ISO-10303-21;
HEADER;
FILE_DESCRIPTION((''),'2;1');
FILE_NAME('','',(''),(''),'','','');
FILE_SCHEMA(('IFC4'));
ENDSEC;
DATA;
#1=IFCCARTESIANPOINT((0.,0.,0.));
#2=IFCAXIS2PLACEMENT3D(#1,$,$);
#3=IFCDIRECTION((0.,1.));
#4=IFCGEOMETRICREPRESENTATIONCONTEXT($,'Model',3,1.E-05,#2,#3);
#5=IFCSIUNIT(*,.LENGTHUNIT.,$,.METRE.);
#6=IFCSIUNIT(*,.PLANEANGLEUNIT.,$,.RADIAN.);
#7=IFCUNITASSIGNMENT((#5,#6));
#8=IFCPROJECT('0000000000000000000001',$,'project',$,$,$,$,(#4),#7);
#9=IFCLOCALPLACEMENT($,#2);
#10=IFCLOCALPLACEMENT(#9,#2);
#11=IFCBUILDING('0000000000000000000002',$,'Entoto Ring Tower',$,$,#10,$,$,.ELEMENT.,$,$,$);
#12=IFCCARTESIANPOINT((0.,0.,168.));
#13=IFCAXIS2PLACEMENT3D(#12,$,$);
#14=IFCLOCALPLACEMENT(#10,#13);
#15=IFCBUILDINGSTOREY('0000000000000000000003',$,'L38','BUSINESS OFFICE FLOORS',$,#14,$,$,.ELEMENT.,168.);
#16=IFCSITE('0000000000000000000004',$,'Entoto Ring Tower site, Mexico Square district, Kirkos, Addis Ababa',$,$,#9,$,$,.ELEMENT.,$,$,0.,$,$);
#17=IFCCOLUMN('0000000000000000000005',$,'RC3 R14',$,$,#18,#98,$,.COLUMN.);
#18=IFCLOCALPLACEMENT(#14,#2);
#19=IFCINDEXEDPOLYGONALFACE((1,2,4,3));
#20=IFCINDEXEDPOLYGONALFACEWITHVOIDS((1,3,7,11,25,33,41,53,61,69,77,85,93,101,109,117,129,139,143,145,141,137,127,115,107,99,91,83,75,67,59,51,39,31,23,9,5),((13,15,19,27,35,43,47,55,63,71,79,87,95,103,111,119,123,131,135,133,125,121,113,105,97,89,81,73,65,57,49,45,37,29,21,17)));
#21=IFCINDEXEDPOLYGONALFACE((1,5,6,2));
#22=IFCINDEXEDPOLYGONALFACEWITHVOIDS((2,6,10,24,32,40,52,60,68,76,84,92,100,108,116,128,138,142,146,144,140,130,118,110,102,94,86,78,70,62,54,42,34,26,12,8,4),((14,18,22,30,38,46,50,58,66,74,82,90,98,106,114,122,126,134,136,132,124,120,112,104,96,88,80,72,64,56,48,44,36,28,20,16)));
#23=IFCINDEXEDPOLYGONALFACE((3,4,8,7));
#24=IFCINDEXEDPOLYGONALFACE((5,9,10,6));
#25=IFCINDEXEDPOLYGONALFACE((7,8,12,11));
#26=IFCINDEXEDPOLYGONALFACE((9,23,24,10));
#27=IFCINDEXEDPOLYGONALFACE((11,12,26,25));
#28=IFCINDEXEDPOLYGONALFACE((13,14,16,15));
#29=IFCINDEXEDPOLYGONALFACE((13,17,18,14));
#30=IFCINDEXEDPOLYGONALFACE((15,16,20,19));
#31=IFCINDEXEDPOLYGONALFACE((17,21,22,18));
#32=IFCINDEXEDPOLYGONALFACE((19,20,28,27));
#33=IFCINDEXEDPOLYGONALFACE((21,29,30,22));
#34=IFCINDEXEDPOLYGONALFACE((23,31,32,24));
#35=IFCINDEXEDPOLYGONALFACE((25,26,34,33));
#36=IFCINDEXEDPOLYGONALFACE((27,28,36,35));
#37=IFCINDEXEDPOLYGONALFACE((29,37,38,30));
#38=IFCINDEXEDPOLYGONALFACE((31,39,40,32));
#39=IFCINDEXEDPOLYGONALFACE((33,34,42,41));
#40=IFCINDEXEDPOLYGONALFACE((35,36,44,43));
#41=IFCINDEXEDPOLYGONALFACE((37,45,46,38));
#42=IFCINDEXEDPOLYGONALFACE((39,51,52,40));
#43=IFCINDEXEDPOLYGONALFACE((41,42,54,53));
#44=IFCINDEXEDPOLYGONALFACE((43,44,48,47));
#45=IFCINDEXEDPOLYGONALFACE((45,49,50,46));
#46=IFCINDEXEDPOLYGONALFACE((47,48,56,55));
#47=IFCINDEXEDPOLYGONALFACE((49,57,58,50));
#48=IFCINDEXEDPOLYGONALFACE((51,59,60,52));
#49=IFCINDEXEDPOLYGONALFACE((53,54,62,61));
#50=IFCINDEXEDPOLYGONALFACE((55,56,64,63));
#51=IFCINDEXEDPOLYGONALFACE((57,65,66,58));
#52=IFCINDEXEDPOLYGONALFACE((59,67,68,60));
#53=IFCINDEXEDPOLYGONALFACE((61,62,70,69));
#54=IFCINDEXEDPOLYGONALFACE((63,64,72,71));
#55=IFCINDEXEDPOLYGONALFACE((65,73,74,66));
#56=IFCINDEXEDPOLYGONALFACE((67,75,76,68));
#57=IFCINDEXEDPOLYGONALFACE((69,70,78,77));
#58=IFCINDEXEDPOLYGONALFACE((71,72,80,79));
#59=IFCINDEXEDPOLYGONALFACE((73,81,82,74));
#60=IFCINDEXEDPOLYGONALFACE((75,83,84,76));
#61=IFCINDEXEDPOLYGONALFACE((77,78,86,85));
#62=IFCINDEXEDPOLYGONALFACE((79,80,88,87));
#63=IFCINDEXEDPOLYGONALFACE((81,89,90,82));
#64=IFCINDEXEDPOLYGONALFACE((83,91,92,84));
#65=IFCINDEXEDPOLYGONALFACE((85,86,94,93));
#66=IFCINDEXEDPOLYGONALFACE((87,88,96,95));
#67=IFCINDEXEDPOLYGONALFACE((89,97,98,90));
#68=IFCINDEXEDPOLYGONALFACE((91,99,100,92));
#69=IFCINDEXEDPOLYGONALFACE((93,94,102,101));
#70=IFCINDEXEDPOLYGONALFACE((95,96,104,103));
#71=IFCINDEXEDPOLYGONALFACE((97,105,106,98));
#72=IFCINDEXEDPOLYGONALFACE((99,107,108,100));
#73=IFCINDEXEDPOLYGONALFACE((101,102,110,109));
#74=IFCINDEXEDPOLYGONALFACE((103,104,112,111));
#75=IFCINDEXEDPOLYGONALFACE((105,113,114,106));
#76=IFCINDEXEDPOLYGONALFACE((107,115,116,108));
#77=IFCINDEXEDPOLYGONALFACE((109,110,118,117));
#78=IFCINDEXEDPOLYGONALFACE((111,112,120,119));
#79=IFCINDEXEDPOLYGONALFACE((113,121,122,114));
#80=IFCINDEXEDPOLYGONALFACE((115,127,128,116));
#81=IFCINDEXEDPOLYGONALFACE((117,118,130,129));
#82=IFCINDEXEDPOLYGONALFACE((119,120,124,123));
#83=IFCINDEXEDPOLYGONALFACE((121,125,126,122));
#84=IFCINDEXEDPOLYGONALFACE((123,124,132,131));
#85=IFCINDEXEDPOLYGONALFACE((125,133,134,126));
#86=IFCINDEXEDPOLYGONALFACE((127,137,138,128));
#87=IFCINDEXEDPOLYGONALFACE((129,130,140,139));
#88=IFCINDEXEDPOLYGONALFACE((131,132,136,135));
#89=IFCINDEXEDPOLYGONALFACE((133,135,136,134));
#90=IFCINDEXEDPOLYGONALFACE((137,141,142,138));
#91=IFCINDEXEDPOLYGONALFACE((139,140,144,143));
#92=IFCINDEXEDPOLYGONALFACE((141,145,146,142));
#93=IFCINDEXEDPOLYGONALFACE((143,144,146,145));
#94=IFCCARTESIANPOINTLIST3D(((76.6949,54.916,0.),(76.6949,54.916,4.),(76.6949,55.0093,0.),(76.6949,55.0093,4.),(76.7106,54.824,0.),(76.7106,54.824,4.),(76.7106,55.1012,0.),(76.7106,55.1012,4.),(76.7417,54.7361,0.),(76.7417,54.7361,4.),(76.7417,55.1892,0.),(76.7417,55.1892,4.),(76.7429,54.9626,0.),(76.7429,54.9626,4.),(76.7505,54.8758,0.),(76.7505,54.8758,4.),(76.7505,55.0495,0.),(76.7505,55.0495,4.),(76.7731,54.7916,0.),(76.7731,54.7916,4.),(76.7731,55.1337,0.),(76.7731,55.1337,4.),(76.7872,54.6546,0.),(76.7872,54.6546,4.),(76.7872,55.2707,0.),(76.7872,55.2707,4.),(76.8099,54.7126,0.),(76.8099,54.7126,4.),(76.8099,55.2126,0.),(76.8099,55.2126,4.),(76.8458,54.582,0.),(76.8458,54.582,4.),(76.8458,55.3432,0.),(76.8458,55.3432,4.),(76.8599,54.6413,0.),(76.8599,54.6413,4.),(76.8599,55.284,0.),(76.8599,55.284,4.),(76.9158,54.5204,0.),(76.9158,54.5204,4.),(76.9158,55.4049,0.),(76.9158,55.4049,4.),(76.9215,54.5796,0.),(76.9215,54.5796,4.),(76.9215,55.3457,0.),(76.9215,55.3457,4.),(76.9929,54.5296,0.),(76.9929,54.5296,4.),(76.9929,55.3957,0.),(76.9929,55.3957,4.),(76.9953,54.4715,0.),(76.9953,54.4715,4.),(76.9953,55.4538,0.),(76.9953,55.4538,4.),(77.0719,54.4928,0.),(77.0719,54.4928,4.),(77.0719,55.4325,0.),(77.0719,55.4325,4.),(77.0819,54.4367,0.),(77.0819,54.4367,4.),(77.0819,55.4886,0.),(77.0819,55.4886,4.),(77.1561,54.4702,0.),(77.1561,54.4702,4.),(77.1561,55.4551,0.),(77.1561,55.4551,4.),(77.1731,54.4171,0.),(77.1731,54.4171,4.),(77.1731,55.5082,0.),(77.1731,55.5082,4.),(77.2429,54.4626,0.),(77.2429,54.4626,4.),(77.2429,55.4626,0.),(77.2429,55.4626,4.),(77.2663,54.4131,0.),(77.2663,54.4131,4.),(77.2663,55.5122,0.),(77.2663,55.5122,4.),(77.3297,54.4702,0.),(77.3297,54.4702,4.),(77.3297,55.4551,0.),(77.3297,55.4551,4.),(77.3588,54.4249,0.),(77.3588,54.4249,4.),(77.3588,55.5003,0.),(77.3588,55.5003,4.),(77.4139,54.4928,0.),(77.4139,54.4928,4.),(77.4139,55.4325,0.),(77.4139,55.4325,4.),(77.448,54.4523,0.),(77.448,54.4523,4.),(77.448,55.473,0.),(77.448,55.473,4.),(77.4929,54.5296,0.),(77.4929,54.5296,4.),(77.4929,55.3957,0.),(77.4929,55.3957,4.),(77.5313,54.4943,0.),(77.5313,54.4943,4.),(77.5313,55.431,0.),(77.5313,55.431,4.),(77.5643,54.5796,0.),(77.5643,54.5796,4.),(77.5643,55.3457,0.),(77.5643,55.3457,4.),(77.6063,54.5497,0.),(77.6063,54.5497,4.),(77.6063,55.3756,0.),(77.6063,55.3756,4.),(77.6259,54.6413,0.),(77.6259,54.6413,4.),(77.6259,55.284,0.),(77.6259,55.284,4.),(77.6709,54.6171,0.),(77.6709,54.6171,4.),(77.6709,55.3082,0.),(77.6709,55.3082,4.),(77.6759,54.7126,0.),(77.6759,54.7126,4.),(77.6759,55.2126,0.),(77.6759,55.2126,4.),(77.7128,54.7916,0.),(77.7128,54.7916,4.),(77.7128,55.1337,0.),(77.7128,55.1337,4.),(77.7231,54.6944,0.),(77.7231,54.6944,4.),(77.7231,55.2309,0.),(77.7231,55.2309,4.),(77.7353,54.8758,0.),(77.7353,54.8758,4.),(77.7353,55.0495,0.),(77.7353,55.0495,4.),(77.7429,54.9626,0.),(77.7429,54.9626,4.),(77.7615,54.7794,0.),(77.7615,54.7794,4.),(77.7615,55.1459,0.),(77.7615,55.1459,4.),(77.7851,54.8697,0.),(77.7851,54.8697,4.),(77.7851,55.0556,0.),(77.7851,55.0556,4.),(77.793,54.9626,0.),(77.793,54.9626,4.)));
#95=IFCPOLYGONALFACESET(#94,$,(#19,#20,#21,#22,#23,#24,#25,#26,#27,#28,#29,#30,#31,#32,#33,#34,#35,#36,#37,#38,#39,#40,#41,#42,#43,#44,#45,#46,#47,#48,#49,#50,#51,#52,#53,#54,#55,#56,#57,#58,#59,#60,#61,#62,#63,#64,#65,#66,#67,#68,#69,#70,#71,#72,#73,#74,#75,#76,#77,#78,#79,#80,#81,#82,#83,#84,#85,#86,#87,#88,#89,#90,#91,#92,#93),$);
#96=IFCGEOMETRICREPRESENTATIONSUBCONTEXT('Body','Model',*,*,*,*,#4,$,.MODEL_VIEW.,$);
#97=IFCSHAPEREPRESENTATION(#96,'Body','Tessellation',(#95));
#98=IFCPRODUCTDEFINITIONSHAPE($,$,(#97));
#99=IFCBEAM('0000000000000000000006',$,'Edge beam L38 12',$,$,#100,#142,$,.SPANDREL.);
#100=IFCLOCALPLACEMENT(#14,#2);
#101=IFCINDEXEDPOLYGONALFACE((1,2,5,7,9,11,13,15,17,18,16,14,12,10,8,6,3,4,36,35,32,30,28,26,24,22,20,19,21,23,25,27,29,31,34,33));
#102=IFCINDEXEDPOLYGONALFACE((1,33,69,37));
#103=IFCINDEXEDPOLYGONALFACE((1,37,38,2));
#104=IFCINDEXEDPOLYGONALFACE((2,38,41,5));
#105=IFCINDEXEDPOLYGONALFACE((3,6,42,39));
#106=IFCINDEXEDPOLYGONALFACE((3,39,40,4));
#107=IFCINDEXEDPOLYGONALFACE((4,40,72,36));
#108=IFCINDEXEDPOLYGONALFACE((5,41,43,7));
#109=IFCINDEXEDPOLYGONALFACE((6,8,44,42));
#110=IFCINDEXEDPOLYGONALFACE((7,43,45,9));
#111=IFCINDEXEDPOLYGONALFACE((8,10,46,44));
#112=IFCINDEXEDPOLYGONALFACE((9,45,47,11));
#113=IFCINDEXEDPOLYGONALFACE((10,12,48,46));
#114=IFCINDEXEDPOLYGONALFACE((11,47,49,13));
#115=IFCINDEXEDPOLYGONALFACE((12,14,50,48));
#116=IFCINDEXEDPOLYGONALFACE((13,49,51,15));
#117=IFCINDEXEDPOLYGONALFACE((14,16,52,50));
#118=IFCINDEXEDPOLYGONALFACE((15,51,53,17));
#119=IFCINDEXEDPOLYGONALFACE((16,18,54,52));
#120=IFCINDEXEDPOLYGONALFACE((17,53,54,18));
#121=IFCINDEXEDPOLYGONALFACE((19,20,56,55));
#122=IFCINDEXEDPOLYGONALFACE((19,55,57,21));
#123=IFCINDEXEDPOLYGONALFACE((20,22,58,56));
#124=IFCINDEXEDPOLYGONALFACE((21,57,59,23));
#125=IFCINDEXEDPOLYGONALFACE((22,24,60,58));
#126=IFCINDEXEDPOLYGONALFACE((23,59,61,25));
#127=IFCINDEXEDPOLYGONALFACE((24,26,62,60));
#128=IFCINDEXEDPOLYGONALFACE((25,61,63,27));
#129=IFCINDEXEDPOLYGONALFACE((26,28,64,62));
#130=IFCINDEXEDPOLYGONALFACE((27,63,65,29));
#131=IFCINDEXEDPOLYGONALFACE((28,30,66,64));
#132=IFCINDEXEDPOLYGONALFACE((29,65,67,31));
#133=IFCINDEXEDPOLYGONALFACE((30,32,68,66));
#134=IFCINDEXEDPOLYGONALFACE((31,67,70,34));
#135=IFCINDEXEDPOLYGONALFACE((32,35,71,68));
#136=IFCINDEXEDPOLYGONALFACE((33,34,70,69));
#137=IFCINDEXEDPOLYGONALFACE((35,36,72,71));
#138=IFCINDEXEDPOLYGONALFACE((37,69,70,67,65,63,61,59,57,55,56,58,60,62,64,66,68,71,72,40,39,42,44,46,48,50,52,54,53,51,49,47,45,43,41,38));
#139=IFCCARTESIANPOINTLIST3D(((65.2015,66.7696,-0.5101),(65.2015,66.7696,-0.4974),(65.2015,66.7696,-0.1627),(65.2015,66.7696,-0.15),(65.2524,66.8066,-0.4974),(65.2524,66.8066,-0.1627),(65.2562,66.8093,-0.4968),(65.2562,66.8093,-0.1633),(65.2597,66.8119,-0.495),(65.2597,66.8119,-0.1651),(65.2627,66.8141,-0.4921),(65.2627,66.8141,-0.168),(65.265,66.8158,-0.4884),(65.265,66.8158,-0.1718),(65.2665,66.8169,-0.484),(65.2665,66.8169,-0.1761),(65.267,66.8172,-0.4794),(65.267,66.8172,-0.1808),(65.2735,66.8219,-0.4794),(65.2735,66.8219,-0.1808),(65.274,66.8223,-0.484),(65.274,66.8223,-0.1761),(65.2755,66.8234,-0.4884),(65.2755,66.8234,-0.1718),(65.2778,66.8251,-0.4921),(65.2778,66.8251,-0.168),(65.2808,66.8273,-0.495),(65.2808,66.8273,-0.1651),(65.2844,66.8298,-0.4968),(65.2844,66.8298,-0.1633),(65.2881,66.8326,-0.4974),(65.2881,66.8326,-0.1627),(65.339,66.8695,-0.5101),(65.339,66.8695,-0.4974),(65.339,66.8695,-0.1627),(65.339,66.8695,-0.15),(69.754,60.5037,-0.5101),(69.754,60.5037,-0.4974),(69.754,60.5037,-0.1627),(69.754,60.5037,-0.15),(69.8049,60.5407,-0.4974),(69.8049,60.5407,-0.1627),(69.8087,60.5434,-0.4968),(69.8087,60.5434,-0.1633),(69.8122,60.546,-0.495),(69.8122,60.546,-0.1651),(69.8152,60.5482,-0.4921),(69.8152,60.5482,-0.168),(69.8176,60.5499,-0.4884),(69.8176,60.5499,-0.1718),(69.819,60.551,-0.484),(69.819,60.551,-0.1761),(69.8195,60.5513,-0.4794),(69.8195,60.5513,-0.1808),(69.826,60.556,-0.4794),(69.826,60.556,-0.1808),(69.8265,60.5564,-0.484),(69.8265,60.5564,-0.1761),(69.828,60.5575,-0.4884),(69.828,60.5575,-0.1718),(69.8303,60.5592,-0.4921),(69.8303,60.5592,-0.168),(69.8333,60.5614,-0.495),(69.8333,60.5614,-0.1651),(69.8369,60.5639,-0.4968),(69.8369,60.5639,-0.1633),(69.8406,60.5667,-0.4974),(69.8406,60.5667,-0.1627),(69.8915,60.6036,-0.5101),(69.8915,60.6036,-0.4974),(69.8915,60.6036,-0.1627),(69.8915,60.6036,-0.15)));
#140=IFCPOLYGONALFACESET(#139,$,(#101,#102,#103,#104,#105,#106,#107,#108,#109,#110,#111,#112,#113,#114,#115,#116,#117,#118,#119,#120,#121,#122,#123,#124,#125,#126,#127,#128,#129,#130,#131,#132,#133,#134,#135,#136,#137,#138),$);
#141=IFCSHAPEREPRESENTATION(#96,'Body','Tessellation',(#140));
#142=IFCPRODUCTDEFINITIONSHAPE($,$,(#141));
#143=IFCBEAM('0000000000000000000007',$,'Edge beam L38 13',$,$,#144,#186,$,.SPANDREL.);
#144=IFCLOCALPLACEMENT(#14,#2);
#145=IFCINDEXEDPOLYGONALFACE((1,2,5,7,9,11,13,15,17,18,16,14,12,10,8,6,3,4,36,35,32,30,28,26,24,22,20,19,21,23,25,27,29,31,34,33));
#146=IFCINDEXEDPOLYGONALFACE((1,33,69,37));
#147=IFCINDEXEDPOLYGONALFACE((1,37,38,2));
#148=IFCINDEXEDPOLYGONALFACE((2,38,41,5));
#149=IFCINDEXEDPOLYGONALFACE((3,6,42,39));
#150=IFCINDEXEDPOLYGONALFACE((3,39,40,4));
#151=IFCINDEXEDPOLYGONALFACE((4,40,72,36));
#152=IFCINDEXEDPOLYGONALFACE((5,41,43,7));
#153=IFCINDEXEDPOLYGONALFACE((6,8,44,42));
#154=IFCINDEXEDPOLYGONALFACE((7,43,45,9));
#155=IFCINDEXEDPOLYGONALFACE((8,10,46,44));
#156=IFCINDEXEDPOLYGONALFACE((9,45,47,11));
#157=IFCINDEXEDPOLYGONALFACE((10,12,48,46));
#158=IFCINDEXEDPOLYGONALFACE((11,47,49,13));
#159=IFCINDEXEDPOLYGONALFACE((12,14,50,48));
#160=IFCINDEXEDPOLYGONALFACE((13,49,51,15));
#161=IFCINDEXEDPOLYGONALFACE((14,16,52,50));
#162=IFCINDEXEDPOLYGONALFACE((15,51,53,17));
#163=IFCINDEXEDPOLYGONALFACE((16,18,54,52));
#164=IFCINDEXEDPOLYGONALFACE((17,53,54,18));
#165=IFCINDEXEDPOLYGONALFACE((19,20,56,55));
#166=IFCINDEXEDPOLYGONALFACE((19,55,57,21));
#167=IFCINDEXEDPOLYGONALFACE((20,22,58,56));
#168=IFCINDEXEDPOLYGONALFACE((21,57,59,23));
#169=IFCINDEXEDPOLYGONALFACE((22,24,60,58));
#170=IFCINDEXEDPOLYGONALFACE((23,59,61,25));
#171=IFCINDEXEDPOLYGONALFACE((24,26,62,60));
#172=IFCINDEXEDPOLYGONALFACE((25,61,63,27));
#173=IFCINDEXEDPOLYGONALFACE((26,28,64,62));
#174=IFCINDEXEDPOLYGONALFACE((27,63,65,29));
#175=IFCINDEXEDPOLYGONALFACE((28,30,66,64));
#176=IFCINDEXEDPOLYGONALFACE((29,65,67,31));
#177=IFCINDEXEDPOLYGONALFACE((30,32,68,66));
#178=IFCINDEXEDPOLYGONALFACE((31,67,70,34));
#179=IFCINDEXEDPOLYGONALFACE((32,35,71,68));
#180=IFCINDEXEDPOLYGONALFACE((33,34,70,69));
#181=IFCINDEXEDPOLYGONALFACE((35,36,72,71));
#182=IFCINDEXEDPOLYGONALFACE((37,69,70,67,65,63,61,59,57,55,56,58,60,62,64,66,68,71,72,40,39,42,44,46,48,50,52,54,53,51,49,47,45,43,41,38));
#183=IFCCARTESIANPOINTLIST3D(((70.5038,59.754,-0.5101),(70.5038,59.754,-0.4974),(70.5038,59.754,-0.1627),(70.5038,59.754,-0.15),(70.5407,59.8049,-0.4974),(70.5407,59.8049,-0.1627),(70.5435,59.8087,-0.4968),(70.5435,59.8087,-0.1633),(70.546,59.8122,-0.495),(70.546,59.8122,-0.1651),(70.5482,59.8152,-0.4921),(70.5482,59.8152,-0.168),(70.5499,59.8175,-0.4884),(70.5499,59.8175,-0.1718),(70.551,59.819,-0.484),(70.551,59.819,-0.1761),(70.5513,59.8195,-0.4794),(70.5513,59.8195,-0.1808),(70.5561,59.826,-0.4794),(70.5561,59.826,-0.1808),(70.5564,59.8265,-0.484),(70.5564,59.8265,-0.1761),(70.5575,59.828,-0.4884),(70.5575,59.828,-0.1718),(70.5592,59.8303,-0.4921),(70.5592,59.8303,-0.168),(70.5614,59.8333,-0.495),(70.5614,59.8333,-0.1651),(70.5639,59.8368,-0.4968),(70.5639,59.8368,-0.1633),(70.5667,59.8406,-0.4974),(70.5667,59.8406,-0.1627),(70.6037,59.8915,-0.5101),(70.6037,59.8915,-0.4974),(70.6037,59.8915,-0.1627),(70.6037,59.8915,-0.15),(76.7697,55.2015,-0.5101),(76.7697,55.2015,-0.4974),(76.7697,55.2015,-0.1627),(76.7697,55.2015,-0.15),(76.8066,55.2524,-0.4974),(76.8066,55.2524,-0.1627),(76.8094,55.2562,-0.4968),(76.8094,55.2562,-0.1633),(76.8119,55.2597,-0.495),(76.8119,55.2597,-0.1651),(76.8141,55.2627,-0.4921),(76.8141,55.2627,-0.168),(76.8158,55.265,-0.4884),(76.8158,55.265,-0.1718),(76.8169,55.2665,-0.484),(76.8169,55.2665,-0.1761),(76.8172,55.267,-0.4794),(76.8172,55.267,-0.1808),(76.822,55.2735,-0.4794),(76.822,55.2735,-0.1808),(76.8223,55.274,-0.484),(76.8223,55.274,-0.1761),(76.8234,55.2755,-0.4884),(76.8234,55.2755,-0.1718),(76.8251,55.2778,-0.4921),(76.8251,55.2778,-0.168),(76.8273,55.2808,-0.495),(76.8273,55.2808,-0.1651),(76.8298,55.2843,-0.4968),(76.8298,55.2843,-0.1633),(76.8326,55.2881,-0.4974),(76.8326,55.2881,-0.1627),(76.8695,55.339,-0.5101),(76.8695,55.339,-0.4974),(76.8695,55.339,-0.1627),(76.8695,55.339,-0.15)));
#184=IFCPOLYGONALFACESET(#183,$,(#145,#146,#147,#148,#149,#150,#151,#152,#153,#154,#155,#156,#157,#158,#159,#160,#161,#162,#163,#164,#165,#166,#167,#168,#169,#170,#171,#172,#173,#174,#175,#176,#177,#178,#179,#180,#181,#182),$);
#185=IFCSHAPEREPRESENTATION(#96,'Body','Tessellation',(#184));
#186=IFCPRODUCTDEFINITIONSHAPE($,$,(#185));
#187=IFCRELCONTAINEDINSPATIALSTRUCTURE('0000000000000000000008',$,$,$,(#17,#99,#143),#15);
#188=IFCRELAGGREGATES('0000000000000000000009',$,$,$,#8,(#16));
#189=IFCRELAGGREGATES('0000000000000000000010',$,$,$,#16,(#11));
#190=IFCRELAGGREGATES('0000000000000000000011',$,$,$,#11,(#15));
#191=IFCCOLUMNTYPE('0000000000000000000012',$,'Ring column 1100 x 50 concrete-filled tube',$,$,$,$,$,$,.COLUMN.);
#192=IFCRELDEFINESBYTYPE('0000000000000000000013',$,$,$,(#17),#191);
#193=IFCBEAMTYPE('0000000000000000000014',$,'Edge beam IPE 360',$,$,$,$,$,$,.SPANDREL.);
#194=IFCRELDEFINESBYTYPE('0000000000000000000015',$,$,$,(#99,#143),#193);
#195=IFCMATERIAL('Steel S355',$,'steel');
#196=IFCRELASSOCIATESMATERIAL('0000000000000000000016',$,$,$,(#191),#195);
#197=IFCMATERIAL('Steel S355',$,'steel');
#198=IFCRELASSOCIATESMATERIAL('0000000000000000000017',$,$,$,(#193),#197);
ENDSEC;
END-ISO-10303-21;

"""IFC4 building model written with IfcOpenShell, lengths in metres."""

from ifc_helpers import new_model, si_unit, direction, frame, origin, origin_2d, place, context, subcontext, project, spatial, circle, hollow_circle, i_section, extrude, material, material_profile, profile_set, type_object, element, save


model = new_model("IFC4")

# Units and contexts
model_context = context("Model", 3, precision=1e-05, world=origin(), true_north=direction((0.0, 1.0)))
body_context = subcontext(model_context, "Body", "Model", "MODEL_VIEW")
ifc_project = project(units=[si_unit("LENGTHUNIT", "METRE"), si_unit("PLANEANGLEUNIT", "RADIAN")], contexts=[model_context])

# Site, building, storey
site_placement = place(None, origin())
site = spatial("IfcSite", under=ifc_project, at=site_placement, Name="Entoto Ring Tower site, Mexico Square district, Kirkos, Addis Ababa", CompositionType="ELEMENT", RefElevation=0.0)
building_placement = place(site_placement, origin())
building = spatial("IfcBuilding", under=site, at=building_placement, Name="Entoto Ring Tower", CompositionType="ELEMENT")
storey_placement = place(building_placement, frame((0.0, 0.0, 168.0)))
storey = spatial("IfcBuildingStorey", under=building, at=storey_placement, Name="L38", Description="BUSINESS OFFICE FLOORS", CompositionType="ELEMENT", Elevation=168.0)

# Column
ifc_material_1 = material(Name="Steel S355", Category="steel")
ifc_material_profile_1 = material_profile(ifc_material_1, hollow_circle(Radius=0.55, WallThickness=0.05, at=origin_2d()), Name="CHS 1100 x 50")
ifc_material_2 = material(Name="Concrete C60/75", Category="concrete")
ifc_material_profile_2 = material_profile(ifc_material_2, circle(Radius=0.5, at=origin_2d()), Name="Concrete C60/75 infill")
ifc_profile_set_1 = profile_set([ifc_material_profile_1, ifc_material_profile_2], Name="Steel S355")
column_type = type_object("IfcColumnType", Name="Ring column 1100 x 50 concrete-filled tube", PredefinedType="COLUMN", material=ifc_profile_set_1)
for number, where, z_axis, x_axis, name in (
    (1, (77.2429, 54.9626, 0.0), (0.0, 0.0, 1.0), (1.0, 0.0, 0.0), "RC3 R14"),
):
    element("IfcColumn", number, at=place(storey_placement, frame(where, z_axis=z_axis, x_axis=x_axis)), inside=storey, type_object=column_type, Name=name, PredefinedType="COLUMN", context=body_context, shape_type="SweptSolid", body=[
        extrude(hollow_circle(Radius=0.55, WallThickness=0.05, at=origin_2d()), origin(), (0.0, 0.0, 1.0), 4.0),
    ])

# Beams
ifc_material_3 = material(Name="Steel S355", Category="steel")
ifc_material_profile_3 = material_profile(ifc_material_3, i_section(OverallWidth=0.1699, OverallDepth=0.3601, WebThickness=0.0081, FlangeThickness=0.0127, FilletRadius=0.0181, at=origin_2d()), Name="IPE 360")
ifc_profile_set_2 = profile_set([ifc_material_profile_3], Name="Steel S355")
beam_type_1 = type_object("IfcBeamType", Name="Edge beam IPE 360", PredefinedType="SPANDREL", material=ifc_profile_set_2)
for number, where, z_axis, x_axis, name in (
    (2, (65.2703, 66.8196, -0.3301), (0.587791, -0.809013, 0.0), (0.809013, 0.587791, 0.0), "Edge beam L38 12"),
    (3, (70.5537, 59.8228, -0.3301), (0.809013, -0.587791, 0.0), (0.587791, 0.809013, 0.0), "Edge beam L38 13"),
):
    element("IfcBeam", number, at=place(storey_placement, frame(where, z_axis=z_axis, x_axis=x_axis)), inside=storey, type_object=beam_type_1, Name=name, PredefinedType="SPANDREL", context=body_context, shape_type="SweptSolid", body=[
        extrude(i_section(OverallWidth=0.1699, OverallDepth=0.3601, WebThickness=0.0081, FlangeThickness=0.0127, FilletRadius=0.0181, at=origin_2d()), origin(), (0.0, 0.0, 1.0), 7.7451),
    ])

save(model, "model.ifc")
